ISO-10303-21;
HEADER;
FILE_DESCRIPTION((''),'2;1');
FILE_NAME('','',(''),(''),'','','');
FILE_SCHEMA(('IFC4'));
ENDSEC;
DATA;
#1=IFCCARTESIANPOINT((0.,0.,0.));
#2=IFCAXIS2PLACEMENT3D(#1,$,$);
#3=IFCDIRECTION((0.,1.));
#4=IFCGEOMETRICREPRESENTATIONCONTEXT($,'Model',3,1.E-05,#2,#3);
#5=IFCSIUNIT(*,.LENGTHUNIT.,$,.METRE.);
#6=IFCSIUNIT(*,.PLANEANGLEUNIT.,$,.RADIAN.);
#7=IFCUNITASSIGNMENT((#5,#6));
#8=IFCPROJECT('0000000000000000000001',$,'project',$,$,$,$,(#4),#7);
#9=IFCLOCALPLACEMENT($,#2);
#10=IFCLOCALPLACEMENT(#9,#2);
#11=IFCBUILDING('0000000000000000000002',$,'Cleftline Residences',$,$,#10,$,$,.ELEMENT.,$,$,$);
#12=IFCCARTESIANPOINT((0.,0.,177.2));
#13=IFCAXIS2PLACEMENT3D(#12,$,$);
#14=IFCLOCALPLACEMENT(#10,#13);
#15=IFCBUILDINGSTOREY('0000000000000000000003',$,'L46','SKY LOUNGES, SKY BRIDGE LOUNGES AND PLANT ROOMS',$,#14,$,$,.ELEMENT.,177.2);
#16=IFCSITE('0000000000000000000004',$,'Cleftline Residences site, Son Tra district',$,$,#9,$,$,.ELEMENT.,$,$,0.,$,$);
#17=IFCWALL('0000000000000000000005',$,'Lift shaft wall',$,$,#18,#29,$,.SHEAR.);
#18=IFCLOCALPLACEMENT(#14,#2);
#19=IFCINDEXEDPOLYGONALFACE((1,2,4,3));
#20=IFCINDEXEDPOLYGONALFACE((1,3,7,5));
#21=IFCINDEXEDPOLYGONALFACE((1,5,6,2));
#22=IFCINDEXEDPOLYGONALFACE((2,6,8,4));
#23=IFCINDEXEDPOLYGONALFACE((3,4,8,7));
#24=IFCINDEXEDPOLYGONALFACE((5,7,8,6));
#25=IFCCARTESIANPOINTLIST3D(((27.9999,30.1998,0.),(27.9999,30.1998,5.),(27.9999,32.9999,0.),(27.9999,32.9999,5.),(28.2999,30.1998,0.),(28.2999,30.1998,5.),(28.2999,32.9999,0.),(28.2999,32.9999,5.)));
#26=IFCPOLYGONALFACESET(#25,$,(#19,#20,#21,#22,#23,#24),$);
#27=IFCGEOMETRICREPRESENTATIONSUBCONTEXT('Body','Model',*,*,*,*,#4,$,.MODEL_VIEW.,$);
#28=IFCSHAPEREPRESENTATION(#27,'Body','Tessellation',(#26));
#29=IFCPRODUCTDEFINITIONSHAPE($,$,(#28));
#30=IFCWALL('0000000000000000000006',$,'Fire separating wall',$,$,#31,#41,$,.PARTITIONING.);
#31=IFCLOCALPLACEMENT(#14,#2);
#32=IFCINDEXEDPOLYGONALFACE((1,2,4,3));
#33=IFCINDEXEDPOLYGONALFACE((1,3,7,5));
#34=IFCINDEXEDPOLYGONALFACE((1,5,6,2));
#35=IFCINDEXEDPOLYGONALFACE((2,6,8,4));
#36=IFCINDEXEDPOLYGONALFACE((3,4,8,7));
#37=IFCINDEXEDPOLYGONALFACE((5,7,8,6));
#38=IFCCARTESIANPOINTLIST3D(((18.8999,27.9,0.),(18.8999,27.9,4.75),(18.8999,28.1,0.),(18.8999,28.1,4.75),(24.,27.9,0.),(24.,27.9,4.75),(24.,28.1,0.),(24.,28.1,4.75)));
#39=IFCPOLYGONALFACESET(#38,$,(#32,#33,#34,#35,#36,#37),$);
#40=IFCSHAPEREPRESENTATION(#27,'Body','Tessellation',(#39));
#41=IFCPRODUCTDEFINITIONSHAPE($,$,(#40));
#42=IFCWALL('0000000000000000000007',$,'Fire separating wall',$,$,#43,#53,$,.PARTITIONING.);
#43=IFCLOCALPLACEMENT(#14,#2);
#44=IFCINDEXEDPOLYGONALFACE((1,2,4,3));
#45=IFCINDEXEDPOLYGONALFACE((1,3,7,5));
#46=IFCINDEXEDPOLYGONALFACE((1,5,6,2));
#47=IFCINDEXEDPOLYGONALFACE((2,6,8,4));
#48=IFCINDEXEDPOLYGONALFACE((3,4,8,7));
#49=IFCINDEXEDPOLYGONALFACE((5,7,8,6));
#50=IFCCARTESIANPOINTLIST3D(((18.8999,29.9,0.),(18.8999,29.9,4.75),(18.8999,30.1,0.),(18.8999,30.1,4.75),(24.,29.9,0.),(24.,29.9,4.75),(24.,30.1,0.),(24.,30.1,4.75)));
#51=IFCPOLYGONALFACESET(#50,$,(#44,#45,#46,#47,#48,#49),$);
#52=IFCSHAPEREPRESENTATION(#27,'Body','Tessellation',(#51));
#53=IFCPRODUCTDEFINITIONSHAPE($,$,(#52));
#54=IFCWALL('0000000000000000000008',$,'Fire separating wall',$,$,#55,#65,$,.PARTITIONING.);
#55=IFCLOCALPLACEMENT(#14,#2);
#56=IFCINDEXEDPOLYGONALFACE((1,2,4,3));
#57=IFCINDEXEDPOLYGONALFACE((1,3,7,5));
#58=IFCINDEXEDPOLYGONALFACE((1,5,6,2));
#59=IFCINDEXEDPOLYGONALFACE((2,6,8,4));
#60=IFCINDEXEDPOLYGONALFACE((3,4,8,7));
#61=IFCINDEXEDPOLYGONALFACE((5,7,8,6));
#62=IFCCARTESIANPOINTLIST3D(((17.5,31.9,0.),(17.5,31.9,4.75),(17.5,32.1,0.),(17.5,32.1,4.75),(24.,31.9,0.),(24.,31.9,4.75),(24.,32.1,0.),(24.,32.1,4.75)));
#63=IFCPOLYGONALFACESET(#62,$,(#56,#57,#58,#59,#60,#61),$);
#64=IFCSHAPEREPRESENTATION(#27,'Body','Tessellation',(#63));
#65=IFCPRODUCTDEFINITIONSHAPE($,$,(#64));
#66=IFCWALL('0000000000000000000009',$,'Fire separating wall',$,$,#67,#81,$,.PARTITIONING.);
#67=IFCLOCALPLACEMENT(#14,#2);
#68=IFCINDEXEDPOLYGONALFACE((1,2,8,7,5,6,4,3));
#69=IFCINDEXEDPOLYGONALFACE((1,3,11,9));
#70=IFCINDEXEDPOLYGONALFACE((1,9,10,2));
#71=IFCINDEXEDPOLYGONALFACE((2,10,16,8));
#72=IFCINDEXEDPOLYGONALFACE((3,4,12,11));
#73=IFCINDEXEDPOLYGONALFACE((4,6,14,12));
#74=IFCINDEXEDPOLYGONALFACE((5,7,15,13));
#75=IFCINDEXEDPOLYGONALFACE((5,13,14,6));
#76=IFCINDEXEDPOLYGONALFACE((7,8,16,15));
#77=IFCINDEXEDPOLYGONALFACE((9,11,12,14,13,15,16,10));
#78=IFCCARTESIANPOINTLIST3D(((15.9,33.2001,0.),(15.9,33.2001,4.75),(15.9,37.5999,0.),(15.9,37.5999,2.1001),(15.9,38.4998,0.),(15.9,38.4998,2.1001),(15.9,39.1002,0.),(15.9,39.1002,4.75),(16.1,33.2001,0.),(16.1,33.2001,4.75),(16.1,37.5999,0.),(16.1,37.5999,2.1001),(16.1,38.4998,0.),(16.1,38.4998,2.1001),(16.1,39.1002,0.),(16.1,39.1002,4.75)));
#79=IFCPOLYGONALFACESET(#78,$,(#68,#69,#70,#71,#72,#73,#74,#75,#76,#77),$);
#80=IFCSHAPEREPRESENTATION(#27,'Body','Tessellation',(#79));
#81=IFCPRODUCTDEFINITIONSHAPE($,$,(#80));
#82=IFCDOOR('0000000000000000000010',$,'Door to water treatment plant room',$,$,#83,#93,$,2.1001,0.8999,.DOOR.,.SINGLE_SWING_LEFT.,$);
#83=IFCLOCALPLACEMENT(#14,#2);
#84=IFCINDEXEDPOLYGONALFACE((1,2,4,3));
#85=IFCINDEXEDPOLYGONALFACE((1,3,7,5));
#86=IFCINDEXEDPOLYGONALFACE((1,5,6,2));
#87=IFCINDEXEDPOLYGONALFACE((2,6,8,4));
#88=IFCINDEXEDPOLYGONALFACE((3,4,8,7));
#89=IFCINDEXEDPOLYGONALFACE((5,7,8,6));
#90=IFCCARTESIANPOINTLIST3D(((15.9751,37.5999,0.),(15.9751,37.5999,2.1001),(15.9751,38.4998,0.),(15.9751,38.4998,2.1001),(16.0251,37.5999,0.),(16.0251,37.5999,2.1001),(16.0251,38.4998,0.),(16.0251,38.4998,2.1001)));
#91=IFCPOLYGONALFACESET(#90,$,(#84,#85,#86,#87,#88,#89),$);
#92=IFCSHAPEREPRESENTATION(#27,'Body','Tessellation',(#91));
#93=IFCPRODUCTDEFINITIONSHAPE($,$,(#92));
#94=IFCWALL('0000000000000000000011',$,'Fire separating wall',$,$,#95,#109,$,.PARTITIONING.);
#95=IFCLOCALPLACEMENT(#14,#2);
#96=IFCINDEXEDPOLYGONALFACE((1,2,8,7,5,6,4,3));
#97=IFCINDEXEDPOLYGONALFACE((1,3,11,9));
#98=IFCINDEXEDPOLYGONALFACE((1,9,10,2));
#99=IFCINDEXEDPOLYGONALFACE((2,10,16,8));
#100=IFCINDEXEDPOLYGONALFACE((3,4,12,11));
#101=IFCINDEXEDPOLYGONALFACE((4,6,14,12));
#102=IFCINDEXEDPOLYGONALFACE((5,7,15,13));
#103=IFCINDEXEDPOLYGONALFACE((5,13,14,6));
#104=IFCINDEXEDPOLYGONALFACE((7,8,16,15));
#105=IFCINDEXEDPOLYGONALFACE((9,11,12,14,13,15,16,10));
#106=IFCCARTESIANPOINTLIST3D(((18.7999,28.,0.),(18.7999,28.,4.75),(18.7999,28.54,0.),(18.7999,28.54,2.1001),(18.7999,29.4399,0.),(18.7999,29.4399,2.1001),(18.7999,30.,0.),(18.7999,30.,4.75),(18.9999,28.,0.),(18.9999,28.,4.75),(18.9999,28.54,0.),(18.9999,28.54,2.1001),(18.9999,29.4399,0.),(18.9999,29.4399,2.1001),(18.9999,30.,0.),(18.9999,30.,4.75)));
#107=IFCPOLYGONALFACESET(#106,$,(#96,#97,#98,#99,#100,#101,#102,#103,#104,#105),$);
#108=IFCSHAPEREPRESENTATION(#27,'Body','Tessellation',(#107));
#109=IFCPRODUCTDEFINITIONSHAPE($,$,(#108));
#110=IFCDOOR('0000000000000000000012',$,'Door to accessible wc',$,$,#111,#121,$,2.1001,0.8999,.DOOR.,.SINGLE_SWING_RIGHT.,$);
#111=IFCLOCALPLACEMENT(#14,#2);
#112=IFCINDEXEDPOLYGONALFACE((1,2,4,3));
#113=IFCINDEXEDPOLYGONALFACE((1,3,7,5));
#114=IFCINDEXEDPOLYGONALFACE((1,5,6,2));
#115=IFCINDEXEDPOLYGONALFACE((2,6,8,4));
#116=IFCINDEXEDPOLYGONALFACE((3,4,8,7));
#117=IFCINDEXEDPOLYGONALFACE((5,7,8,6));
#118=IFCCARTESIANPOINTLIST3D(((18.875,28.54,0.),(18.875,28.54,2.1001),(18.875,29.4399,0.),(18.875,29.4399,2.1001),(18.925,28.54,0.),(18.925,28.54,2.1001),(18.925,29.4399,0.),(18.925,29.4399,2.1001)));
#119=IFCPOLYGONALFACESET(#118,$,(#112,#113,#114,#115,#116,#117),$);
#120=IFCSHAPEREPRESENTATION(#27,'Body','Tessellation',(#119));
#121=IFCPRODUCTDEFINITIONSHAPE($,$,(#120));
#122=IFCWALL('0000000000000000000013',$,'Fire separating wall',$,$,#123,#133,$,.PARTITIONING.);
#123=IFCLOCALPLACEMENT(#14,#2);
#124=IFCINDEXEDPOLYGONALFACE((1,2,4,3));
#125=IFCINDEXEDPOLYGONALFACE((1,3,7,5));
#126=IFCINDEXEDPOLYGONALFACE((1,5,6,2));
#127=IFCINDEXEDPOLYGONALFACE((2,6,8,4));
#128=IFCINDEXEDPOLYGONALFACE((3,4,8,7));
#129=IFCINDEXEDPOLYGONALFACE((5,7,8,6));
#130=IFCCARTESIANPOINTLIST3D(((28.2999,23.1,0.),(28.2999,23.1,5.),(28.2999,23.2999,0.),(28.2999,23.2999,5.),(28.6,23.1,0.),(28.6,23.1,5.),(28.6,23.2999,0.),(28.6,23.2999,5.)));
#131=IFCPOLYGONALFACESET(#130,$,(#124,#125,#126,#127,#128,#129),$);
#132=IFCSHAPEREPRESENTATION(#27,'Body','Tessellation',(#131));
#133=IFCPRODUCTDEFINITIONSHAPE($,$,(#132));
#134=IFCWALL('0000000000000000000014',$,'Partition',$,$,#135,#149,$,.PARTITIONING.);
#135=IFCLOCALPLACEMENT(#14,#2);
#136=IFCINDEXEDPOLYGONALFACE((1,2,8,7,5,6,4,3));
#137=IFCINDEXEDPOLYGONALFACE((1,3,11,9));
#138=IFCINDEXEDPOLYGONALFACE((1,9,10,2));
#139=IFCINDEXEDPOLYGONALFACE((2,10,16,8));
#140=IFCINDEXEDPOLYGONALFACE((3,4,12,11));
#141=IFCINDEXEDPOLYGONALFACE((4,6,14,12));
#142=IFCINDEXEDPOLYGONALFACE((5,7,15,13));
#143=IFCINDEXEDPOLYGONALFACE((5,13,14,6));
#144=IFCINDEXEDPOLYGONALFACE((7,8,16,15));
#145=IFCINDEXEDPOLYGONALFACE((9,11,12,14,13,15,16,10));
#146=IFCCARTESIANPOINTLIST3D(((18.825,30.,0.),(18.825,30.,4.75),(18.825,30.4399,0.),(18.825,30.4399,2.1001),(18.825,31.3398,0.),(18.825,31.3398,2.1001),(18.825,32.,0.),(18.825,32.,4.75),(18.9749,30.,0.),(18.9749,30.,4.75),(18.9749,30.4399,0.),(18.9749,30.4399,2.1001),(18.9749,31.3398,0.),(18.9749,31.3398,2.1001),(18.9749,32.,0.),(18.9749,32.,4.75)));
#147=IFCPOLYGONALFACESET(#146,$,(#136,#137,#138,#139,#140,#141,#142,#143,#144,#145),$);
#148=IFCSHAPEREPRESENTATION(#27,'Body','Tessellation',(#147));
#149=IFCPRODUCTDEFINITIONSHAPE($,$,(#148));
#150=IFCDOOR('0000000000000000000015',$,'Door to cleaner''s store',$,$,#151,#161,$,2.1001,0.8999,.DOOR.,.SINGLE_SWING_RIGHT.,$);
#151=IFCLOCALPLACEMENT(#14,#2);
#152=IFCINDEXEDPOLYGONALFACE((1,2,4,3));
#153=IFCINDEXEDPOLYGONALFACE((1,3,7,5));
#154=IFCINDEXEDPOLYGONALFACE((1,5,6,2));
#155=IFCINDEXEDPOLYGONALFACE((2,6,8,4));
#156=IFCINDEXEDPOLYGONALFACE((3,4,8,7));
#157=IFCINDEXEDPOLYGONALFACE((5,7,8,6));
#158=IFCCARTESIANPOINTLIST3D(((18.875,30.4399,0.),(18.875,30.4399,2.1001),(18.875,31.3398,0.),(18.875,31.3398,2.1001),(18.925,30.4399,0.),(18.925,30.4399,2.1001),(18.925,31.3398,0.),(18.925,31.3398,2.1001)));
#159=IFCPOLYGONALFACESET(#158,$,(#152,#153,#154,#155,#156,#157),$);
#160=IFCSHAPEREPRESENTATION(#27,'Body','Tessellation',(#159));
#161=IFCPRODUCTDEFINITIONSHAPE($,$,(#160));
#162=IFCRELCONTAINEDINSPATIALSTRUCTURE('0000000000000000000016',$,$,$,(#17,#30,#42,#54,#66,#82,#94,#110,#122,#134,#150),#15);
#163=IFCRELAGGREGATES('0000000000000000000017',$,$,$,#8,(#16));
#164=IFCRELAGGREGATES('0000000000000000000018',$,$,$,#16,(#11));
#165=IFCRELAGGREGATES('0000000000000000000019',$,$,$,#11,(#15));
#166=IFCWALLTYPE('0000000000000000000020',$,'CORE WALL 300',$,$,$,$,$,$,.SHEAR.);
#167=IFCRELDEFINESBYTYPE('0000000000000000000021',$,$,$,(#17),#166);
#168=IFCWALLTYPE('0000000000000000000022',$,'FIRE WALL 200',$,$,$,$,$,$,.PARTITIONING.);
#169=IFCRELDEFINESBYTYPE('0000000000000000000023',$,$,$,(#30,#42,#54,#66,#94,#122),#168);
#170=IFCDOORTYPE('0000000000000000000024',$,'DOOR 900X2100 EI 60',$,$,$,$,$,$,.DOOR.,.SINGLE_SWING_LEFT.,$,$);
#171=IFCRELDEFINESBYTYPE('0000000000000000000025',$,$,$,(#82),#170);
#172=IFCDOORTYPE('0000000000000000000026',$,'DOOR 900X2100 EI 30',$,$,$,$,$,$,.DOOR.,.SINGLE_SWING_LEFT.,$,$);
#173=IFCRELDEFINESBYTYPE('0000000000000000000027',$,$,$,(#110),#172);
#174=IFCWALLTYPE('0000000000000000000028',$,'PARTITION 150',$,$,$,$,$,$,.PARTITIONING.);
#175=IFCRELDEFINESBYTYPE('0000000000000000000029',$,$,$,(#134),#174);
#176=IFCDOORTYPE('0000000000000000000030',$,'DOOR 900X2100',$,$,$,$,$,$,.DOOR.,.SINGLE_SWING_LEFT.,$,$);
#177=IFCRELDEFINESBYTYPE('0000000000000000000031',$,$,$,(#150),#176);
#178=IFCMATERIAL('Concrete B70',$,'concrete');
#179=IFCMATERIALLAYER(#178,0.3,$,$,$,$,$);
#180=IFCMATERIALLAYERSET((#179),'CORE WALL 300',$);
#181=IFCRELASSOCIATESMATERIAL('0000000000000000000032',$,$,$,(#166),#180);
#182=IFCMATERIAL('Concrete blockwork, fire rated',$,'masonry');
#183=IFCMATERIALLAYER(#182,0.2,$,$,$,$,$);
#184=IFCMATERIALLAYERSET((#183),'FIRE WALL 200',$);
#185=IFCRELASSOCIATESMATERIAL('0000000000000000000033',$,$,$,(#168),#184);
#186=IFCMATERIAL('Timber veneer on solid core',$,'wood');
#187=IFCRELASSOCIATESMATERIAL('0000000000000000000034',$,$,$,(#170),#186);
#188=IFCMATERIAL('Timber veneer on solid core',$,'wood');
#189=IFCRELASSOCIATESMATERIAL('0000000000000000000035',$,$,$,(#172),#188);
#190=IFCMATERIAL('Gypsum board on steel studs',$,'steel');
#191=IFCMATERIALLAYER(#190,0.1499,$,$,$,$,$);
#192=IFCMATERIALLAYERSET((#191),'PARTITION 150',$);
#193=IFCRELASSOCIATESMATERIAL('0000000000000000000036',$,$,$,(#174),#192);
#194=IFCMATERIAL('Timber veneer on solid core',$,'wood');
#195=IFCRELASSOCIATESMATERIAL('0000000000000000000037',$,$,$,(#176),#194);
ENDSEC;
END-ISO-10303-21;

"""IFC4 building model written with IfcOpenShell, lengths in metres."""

from ifc_helpers import new_model, si_unit, direction, frame, frame_2d, origin, place, context, subcontext, project, spatial, rectangle, extrude, material, layer, layer_set, type_object, element, fill, save


model = new_model("IFC4")

# Units and contexts
model_context = context("Model", 3, precision=1e-05, world=origin(), true_north=direction((0.0, 1.0)))
body_context = subcontext(model_context, "Body", "Model", "MODEL_VIEW")
ifc_project = project(units=[si_unit("LENGTHUNIT", "METRE"), si_unit("PLANEANGLEUNIT", "RADIAN")], contexts=[model_context])

# Site, building, storey
site_placement = place(None, origin())
site = spatial("IfcSite", under=ifc_project, at=site_placement, Name="Cleftline Residences site, Son Tra district", CompositionType="ELEMENT", RefElevation=0.0)
building_placement = place(site_placement, origin())
building = spatial("IfcBuilding", under=site, at=building_placement, Name="Cleftline Residences", CompositionType="ELEMENT")
storey_placement = place(building_placement, frame((0.0, 0.0, 177.2)))
storey = spatial("IfcBuildingStorey", under=building, at=storey_placement, Name="L46", Description="SKY LOUNGES, SKY BRIDGE LOUNGES AND PLANT ROOMS", CompositionType="ELEMENT", Elevation=177.2)

# Shared definitions
ifc_material_1 = material(Name="Concrete B70", Category="concrete")
ifc_layer_1 = layer(ifc_material_1, 0.3)
ifc_layer_set_1 = layer_set([ifc_layer_1], Name="CORE WALL 300")
wall_type_1 = type_object("IfcWallType", Name="CORE WALL 300", PredefinedType="SHEAR", material=ifc_layer_set_1)

# Walls
wall_1_placement = place(storey_placement, frame((28.1499, 30.2, 0.0), z_axis=(0.0, 0.0, 1.0), x_axis=(0.0, 1.0, 0.0)))
element("IfcWall", 1, at=wall_1_placement, inside=storey, type_object=wall_type_1, Name="Lift shaft wall", PredefinedType="SHEAR", context=body_context, shape_type="SweptSolid", body=[
    extrude(rectangle(XDim=2.8, YDim=0.3, at=frame_2d((1.3999, 0.0))), origin(), (0.0, 0.0, 1.0), 5.0),
])
ifc_material_2 = material(Name="Concrete blockwork, fire rated", Category="masonry")
ifc_layer_2 = layer(ifc_material_2, 0.2)
ifc_layer_set_2 = layer_set([ifc_layer_2], Name="FIRE WALL 200")
wall_type_2 = type_object("IfcWallType", Name="FIRE WALL 200", PredefinedType="PARTITIONING", material=ifc_layer_set_2)
for number, where, z_axis, x_axis, name in (
    (2, (18.8999, 28.0, 0.0), (0.0, 0.0, 1.0), (1.0, 0.0, 0.0), "Fire separating wall"),
    (3, (18.8999, 30.0, 0.0), (0.0, 0.0, 1.0), (1.0, 0.0, 0.0), "Fire separating wall"),
):
    element("IfcWall", number, at=place(storey_placement, frame(where, z_axis=z_axis, x_axis=x_axis)), inside=storey, type_object=wall_type_2, Name=name, PredefinedType="PARTITIONING", context=body_context, shape_type="SweptSolid", body=[
        extrude(rectangle(XDim=5.1001, YDim=0.2, at=frame_2d((2.55, 0.0))), origin(), (0.0, 0.0, 1.0), 4.75),
    ])
wall_2_placement = place(storey_placement, frame((17.5, 32.0, 0.0), z_axis=(0.0, 0.0, 1.0), x_axis=(1.0, 0.0, 0.0)))
element("IfcWall", 4, at=wall_2_placement, inside=storey, type_object=wall_type_2, Name="Fire separating wall", PredefinedType="PARTITIONING", context=body_context, shape_type="SweptSolid", body=[
    extrude(rectangle(XDim=6.5, YDim=0.2, at=frame_2d((3.25, 0.0))), origin(), (0.0, 0.0, 1.0), 4.75),
])

# Walls, openings, doors
wall_3_placement = place(storey_placement, frame((16.0, 33.2, 0.0), z_axis=(0.0, 0.0, 1.0), x_axis=(0.0, 1.0, 0.0)))
wall_3 = element("IfcWall", 5, at=wall_3_placement, inside=storey, type_object=wall_type_2, Name="Fire separating wall", PredefinedType="PARTITIONING", context=body_context, shape_type="SweptSolid", body=[
    extrude(rectangle(XDim=5.9001, YDim=0.2, at=frame_2d((2.9502, 0.0))), origin(), (0.0, 0.0, 1.0), 4.75),
])
opening_1_placement = place(wall_3_placement, frame((4.3999, 0.0, 0.0)))
opening_1 = element("IfcOpeningElement", 6, at=opening_1_placement, cuts=wall_3, PredefinedType="OPENING", context=body_context, shape_type="SweptSolid", body=[
    extrude(rectangle(XDim=0.8999, YDim=2.1001, at=frame_2d((0.45, 1.05))), frame((0.0, 0.1099, 0.0), z_axis=(0.0, -1.0, 0.0), x_axis=(1.0, 0.0, 0.0)), (0.0, 0.0, 1.0), 0.22),
])
ifc_material_3 = material(Name="Timber veneer on solid core", Category="wood")
door_type_1 = type_object("IfcDoorType", Name="DOOR 900X2100 EI 60", OperationType="SINGLE_SWING_LEFT", PredefinedType="DOOR", material=ifc_material_3)
door_1_placement = place(opening_1_placement, origin())
door_1 = element("IfcDoor", 7, at=door_1_placement, inside=storey, type_object=door_type_1, Name="Door to water treatment plant room", OperationType="SINGLE_SWING_LEFT", OverallHeight=2.1001, OverallWidth=0.8999, PredefinedType="DOOR", context=body_context, shape_type="SweptSolid", body=[
    extrude(rectangle(XDim=0.8999, YDim=2.1001, at=frame_2d((0.45, 1.05))), frame((0.0, 0.0249, 0.0), z_axis=(0.0, -1.0, 0.0), x_axis=(1.0, 0.0, 0.0)), (0.0, 0.0, 1.0), 0.05),
])
fill(opening_1, door_1)
wall_4_placement = place(storey_placement, frame((18.8999, 28.0, 0.0), z_axis=(0.0, 0.0, 1.0), x_axis=(0.0, 1.0, 0.0)))
wall_4 = element("IfcWall", 8, at=wall_4_placement, inside=storey, type_object=wall_type_2, Name="Fire separating wall", PredefinedType="PARTITIONING", context=body_context, shape_type="SweptSolid", body=[
    extrude(rectangle(XDim=2.0, YDim=0.2, at=frame_2d((1.0, 0.0))), origin(), (0.0, 0.0, 1.0), 4.75),
])
opening_2_placement = place(wall_4_placement, frame((0.54, 0.0, 0.0)))
opening_2 = element("IfcOpeningElement", 9, at=opening_2_placement, cuts=wall_4, PredefinedType="OPENING", context=body_context, shape_type="SweptSolid", body=[
    extrude(rectangle(XDim=0.8999, YDim=2.1001, at=frame_2d((0.45, 1.05))), frame((0.0, 0.1099, 0.0), z_axis=(0.0, -1.0, 0.0), x_axis=(1.0, 0.0, 0.0)), (0.0, 0.0, 1.0), 0.22),
])
ifc_material_4 = material(Name="Timber veneer on solid core", Category="wood")
door_type_2 = type_object("IfcDoorType", Name="DOOR 900X2100 EI 30", OperationType="SINGLE_SWING_LEFT", PredefinedType="DOOR", material=ifc_material_4)
door_2_placement = place(opening_2_placement, origin())
door_2 = element("IfcDoor", 10, at=door_2_placement, inside=storey, type_object=door_type_2, Name="Door to accessible wc", OperationType="SINGLE_SWING_RIGHT", OverallHeight=2.1001, OverallWidth=0.8999, PredefinedType="DOOR", context=body_context, shape_type="SweptSolid", body=[
    extrude(rectangle(XDim=0.8999, YDim=2.1001, at=frame_2d((0.45, 1.05))), frame((0.0, 0.0249, 0.0), z_axis=(0.0, -1.0, 0.0), x_axis=(1.0, 0.0, 0.0)), (0.0, 0.0, 1.0), 0.05),
])
fill(opening_2, door_2)

# Wall
wall_5_placement = place(storey_placement, frame((28.3, 23.2, 0.0), z_axis=(0.0, 0.0, 1.0), x_axis=(1.0, 0.0, 0.0)))
element("IfcWall", 11, at=wall_5_placement, inside=storey, type_object=wall_type_2, Name="Fire separating wall", PredefinedType="PARTITIONING", context=body_context, shape_type="SweptSolid", body=[
    extrude(rectangle(XDim=0.3, YDim=0.2, at=frame_2d((0.1499, 0.0))), origin(), (0.0, 0.0, 1.0), 5.0),
])

# Wall, opening, door
ifc_material_5 = material(Name="Gypsum board on steel studs", Category="steel")
ifc_layer_3 = layer(ifc_material_5, 0.1499)
ifc_layer_set_3 = layer_set([ifc_layer_3], Name="PARTITION 150")
wall_type_3 = type_object("IfcWallType", Name="PARTITION 150", PredefinedType="PARTITIONING", material=ifc_layer_set_3)
wall_6_placement = place(storey_placement, frame((18.8999, 30.0, 0.0), z_axis=(0.0, 0.0, 1.0), x_axis=(0.0, 1.0, 0.0)))
wall_6 = element("IfcWall", 12, at=wall_6_placement, inside=storey, type_object=wall_type_3, Name="Partition", PredefinedType="PARTITIONING", context=body_context, shape_type="SweptSolid", body=[
    extrude(rectangle(XDim=2.0, YDim=0.1499, at=frame_2d((1.0, 0.0))), origin(), (0.0, 0.0, 1.0), 4.75),
])
opening_3_placement = place(wall_6_placement, frame((0.4399, 0.0, 0.0)))
opening_3 = element("IfcOpeningElement", 13, at=opening_3_placement, cuts=wall_6, PredefinedType="OPENING", context=body_context, shape_type="SweptSolid", body=[
    extrude(rectangle(XDim=0.8999, YDim=2.1001, at=frame_2d((0.45, 1.05))), frame((0.0, 0.085, 0.0), z_axis=(0.0, -1.0, 0.0), x_axis=(1.0, 0.0, 0.0)), (0.0, 0.0, 1.0), 0.1699),
])
ifc_material_6 = material(Name="Timber veneer on solid core", Category="wood")
door_type_3 = type_object("IfcDoorType", Name="DOOR 900X2100", OperationType="SINGLE_SWING_LEFT", PredefinedType="DOOR", material=ifc_material_6)
door_3_placement = place(opening_3_placement, origin())
door_3 = element("IfcDoor", 14, at=door_3_placement, inside=storey, type_object=door_type_3, Name="Door to cleaner's store", OperationType="SINGLE_SWING_RIGHT", OverallHeight=2.1001, OverallWidth=0.8999, PredefinedType="DOOR", context=body_context, shape_type="SweptSolid", body=[
    extrude(rectangle(XDim=0.8999, YDim=2.1001, at=frame_2d((0.45, 1.05))), frame((0.0, 0.0249, 0.0), z_axis=(0.0, -1.0, 0.0), x_axis=(1.0, 0.0, 0.0)), (0.0, 0.0, 1.0), 0.05),
])
fill(opening_3, door_3)

save(model, "model.ifc")
